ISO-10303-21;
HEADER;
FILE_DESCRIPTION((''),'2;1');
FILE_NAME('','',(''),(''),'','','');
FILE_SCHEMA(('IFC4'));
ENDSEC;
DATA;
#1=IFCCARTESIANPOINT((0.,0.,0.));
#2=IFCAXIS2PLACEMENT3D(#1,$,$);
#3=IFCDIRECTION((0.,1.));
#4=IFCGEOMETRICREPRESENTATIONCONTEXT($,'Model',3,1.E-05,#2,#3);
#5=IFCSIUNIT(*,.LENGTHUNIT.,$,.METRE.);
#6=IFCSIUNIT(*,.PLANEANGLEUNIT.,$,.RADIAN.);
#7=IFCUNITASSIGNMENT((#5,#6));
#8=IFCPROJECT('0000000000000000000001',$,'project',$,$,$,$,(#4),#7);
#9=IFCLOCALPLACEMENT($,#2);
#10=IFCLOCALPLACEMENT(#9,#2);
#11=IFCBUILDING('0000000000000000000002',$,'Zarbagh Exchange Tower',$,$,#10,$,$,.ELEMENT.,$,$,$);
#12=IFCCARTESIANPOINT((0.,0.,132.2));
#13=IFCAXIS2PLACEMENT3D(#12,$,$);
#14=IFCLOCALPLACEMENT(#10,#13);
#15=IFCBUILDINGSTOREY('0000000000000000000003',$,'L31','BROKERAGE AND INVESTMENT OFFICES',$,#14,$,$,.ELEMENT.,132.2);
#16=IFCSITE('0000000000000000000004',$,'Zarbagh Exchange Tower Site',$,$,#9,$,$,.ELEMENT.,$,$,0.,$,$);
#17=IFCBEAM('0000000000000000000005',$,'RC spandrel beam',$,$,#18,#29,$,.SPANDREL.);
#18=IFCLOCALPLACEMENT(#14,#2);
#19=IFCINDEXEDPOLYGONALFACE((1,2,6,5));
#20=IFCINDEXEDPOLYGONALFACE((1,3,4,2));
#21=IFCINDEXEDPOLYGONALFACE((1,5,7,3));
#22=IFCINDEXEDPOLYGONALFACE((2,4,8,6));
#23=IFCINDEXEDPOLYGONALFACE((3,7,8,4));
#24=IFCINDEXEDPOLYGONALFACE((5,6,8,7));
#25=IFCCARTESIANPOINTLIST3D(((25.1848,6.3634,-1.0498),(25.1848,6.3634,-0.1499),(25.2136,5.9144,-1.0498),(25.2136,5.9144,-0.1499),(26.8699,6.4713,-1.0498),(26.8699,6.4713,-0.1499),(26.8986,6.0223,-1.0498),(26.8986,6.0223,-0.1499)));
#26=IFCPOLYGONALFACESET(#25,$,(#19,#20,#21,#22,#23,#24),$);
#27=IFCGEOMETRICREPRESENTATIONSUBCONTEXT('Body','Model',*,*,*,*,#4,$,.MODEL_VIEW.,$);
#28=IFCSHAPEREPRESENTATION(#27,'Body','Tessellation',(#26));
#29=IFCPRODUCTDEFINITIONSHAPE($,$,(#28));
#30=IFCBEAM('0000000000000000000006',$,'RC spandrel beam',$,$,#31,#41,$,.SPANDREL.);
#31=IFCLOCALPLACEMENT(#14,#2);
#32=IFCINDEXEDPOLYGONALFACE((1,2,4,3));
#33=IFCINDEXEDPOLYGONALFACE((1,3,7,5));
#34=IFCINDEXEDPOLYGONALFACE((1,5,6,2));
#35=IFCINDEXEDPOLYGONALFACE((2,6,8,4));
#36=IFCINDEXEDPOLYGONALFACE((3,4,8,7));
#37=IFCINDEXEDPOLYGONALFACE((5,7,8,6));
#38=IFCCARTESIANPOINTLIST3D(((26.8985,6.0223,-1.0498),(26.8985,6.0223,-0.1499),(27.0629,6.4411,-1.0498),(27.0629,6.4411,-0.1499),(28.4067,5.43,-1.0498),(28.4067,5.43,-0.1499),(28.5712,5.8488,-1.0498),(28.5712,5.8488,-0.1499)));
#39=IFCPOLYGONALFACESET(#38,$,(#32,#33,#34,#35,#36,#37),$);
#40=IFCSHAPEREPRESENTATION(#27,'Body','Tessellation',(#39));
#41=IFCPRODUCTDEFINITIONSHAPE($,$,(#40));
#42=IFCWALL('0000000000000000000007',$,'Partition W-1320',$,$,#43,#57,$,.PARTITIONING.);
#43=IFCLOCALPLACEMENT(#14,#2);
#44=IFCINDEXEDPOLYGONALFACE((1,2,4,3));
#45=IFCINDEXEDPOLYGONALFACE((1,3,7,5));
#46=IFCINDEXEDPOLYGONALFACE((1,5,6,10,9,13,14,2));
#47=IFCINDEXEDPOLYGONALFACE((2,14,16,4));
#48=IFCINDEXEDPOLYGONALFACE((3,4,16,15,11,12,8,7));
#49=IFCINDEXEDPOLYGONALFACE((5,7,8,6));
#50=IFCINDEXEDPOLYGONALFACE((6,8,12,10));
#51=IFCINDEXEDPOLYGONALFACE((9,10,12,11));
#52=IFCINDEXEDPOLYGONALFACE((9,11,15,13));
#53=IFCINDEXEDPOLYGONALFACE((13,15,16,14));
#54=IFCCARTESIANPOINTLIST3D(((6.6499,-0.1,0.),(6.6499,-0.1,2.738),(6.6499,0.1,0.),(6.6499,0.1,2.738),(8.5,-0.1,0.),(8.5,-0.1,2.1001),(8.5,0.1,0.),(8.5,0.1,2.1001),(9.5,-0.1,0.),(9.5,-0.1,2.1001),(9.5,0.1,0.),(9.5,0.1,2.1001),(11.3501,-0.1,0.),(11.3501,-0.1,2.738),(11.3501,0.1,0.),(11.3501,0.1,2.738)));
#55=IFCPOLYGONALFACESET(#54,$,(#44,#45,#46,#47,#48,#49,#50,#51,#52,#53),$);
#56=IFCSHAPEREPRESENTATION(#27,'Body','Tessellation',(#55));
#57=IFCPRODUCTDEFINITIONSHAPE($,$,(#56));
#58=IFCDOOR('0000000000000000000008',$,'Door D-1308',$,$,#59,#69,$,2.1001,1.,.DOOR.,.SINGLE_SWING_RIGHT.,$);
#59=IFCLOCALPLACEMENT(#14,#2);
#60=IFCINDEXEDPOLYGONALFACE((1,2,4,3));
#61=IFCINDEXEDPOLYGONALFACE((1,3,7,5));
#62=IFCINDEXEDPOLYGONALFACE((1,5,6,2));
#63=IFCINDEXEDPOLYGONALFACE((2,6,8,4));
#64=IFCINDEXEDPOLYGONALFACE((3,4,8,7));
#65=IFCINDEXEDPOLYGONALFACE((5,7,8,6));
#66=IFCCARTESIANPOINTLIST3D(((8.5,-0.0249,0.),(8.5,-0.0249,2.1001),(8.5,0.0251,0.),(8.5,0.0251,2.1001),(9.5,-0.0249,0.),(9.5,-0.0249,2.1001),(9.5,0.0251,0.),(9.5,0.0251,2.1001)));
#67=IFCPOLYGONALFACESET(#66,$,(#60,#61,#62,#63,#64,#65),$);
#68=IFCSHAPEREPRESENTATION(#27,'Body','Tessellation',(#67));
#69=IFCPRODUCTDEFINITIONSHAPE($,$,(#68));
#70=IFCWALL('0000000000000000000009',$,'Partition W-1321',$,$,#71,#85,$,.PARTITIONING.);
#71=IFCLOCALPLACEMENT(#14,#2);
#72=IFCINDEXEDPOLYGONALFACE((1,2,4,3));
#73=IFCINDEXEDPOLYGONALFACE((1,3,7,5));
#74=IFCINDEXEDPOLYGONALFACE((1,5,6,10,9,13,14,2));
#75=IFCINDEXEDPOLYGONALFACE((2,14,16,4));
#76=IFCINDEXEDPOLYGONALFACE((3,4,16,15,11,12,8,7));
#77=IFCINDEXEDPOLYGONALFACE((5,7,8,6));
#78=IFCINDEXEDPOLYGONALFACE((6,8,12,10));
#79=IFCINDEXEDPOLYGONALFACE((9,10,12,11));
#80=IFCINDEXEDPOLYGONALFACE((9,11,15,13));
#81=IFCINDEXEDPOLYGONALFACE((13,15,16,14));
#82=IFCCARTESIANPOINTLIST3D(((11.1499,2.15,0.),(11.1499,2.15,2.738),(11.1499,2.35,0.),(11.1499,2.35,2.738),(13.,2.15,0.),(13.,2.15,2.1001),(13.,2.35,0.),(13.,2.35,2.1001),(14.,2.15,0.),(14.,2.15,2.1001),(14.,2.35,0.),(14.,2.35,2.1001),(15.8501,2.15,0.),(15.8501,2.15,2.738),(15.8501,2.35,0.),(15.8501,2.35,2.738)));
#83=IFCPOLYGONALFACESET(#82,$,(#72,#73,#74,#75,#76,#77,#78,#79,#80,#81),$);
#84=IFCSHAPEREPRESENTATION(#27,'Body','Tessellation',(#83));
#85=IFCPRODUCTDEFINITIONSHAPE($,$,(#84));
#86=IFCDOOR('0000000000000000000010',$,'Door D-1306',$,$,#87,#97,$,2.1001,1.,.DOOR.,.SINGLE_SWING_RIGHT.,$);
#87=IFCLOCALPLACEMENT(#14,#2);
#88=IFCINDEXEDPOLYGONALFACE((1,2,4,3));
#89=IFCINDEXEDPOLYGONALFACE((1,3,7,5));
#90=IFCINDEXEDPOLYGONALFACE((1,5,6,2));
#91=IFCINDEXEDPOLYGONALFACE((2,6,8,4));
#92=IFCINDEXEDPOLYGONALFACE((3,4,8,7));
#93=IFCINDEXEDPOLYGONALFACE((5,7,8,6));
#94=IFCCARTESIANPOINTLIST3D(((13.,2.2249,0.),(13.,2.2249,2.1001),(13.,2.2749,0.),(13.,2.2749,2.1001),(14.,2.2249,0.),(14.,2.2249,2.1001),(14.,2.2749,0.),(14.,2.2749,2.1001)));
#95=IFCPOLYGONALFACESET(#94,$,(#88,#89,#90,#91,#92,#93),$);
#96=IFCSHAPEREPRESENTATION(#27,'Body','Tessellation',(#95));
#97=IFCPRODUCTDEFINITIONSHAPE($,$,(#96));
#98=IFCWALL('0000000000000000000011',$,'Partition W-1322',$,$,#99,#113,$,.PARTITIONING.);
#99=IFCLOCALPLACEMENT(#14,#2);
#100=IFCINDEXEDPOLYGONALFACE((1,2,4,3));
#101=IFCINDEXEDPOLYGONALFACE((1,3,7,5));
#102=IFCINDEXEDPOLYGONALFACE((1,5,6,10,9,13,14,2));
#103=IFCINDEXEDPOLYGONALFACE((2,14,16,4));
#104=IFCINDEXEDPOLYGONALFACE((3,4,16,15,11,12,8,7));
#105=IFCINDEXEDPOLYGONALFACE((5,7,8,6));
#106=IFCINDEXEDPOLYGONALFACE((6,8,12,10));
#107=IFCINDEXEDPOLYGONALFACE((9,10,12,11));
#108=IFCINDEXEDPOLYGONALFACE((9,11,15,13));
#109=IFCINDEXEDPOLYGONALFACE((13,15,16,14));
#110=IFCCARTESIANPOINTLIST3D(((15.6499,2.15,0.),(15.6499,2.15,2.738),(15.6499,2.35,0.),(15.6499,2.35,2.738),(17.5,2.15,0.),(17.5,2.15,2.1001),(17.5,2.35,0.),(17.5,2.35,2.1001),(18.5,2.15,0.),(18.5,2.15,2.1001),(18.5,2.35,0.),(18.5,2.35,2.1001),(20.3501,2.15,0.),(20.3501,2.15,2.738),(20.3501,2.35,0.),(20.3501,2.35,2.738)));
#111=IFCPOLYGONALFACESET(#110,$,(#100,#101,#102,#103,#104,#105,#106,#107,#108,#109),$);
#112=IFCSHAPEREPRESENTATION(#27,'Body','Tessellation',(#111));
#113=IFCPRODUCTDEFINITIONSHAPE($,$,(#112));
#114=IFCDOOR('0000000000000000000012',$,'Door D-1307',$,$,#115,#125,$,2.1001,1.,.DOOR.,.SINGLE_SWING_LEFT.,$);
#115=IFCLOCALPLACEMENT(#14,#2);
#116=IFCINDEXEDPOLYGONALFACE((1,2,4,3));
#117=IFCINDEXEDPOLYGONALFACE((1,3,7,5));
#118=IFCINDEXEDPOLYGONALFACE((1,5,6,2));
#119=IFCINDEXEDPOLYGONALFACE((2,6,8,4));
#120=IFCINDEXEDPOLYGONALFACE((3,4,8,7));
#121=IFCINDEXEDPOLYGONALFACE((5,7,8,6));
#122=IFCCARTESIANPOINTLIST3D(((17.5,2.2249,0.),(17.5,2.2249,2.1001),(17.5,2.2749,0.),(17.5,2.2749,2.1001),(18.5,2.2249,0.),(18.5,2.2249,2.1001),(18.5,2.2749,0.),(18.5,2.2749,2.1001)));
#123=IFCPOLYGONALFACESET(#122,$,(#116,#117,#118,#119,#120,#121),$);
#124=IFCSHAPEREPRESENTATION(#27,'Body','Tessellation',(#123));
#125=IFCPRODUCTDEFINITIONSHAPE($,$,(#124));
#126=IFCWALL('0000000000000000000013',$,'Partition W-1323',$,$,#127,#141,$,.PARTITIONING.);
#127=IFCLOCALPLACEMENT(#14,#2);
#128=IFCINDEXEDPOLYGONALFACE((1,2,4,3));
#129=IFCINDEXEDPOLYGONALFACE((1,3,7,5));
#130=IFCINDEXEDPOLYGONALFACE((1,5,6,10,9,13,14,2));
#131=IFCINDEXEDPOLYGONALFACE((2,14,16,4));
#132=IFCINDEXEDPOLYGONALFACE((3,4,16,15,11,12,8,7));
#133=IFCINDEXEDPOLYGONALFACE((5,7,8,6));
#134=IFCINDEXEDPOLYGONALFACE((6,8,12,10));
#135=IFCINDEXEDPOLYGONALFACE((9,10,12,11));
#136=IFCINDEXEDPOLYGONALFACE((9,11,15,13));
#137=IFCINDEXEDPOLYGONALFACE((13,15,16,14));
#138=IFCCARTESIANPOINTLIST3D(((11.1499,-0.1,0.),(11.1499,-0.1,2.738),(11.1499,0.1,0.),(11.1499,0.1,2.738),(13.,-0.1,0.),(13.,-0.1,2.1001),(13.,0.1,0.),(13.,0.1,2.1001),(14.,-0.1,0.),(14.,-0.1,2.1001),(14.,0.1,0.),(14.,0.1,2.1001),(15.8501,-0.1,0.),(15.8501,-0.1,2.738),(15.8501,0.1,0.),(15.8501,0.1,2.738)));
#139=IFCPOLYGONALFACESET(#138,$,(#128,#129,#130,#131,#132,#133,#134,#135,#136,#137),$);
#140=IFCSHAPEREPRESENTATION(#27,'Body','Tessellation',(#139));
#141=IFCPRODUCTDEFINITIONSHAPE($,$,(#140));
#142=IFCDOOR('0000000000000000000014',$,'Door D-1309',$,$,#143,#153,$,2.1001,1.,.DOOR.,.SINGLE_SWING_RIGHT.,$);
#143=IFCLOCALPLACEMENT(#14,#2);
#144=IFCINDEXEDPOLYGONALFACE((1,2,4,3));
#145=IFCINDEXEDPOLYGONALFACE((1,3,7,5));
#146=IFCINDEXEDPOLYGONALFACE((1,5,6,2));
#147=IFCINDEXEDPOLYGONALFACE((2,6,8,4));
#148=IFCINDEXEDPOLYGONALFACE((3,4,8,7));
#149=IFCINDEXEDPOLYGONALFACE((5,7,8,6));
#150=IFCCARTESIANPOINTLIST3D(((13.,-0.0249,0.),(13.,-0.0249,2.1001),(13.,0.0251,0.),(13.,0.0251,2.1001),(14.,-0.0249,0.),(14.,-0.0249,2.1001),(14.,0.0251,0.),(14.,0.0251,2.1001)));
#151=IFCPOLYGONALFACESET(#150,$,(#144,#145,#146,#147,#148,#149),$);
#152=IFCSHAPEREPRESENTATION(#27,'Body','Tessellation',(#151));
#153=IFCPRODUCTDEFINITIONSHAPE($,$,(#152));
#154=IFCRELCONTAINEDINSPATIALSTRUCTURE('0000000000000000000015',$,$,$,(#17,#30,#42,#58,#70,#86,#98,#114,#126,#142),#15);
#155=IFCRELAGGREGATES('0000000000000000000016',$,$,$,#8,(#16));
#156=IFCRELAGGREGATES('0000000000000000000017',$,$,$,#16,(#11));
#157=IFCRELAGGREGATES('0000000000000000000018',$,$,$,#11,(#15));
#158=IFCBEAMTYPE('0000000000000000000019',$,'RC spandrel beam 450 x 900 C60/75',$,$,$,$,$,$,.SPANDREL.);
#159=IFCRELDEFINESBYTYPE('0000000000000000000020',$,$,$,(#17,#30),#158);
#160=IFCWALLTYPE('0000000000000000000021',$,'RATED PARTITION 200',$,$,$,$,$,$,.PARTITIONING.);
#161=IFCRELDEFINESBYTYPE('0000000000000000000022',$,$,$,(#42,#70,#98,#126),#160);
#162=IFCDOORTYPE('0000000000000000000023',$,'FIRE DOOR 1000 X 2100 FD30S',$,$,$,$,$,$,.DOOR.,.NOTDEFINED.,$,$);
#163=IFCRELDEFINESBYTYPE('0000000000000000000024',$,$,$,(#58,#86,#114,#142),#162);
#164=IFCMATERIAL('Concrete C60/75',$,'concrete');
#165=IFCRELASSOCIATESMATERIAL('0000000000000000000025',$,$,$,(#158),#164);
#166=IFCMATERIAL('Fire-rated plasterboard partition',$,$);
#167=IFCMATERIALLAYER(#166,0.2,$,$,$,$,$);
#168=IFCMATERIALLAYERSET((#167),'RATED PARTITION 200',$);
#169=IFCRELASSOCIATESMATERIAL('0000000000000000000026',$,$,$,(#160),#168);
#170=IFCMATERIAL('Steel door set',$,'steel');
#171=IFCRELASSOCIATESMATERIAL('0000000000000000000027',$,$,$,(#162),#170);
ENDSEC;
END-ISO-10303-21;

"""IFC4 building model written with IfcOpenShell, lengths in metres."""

from ifc_helpers import new_model, si_unit, direction, frame, frame_2d, origin, origin_2d, place, context, subcontext, project, spatial, rectangle, extrude, material, layer, layer_set, material_profile, profile_set, type_object, element, fill, save


model = new_model("IFC4")

# Units and contexts
model_context = context("Model", 3, precision=1e-05, world=origin(), true_north=direction((0.0, 1.0)))
body_context = subcontext(model_context, "Body", "Model", "MODEL_VIEW")
ifc_project = project(units=[si_unit("LENGTHUNIT", "METRE"), si_unit("PLANEANGLEUNIT", "RADIAN")], contexts=[model_context])

# Site, building, storey
site_placement = place(None, origin())
site = spatial("IfcSite", under=ifc_project, at=site_placement, Name="Zarbagh Exchange Tower Site", CompositionType="ELEMENT", RefElevation=0.0)
building_placement = place(site_placement, origin())
building = spatial("IfcBuilding", under=site, at=building_placement, Name="Zarbagh Exchange Tower", CompositionType="ELEMENT")
storey_placement = place(building_placement, frame((0.0, 0.0, 132.2)))
storey = spatial("IfcBuildingStorey", under=building, at=storey_placement, Name="L31", Description="BROKERAGE AND INVESTMENT OFFICES", CompositionType="ELEMENT", Elevation=132.2)

# Shared definitions
ifc_material_1 = material(Name="Concrete C60/75", Category="concrete")

# Beams
ifc_material_profile_1 = material_profile(ifc_material_1, rectangle(XDim=0.45, YDim=0.8999, at=origin_2d()), Name="RC spandrel beam 450 x 900 C60/75")
ifc_profile_set_1 = profile_set([ifc_material_profile_1], Name="Concrete C60/75")
beam_type_1 = type_object("IfcBeamType", Name="RC spandrel beam 450 x 900 C60/75", PredefinedType="SPANDREL", material=ifc_profile_set_1)
beam_1_placement = place(storey_placement, frame((25.1992, 6.1389, -0.5999), z_axis=(0.997956, 0.063908, 0.0), x_axis=(-0.063908, 0.997956, 0.0)))
element("IfcBeam", 1, at=beam_1_placement, inside=storey, type_object=beam_type_1, Name="RC spandrel beam", PredefinedType="SPANDREL", context=body_context, shape_type="SweptSolid", body=[
    extrude(rectangle(XDim=0.45, YDim=0.8999, at=origin_2d()), origin(), (0.0, 0.0, 1.0), 1.6885),
])
beam_2_placement = place(storey_placement, frame((26.9807, 6.2317, -0.5999), z_axis=(0.930806, -0.365513, 0.0), x_axis=(0.365513, 0.930806, 0.0)))
element("IfcBeam", 2, at=beam_2_placement, inside=storey, type_object=beam_type_1, Name="RC spandrel beam", PredefinedType="SPANDREL", context=body_context, shape_type="SweptSolid", body=[
    extrude(rectangle(XDim=0.45, YDim=0.8999, at=origin_2d()), origin(), (0.0, 0.0, 1.0), 1.6204),
])

# Walls, openings, doors
ifc_material_2 = material(Name="Fire-rated plasterboard partition")
ifc_layer = layer(ifc_material_2, 0.2)
ifc_layer_set = layer_set([ifc_layer], Name="RATED PARTITION 200")
wall_type = type_object("IfcWallType", Name="RATED PARTITION 200", PredefinedType="PARTITIONING", material=ifc_layer_set)
wall_1_placement = place(storey_placement, frame((11.3501, 0.0, 0.0), z_axis=(0.0, 0.0, 1.0), x_axis=(-1.0, 0.0, 0.0)))
wall_1 = element("IfcWall", 3, at=wall_1_placement, inside=storey, type_object=wall_type, Name="Partition W-1320", PredefinedType="PARTITIONING", context=body_context, shape_type="SweptSolid", body=[
    extrude(rectangle(XDim=4.7002, YDim=0.2, at=frame_2d((2.3501, 0.0))), origin(), (0.0, 0.0, 1.0), 2.738),
])
opening_1_placement = place(wall_1_placement, frame((1.8501, 0.0, 0.0)))
opening_1 = element("IfcOpeningElement", 4, at=opening_1_placement, cuts=wall_1, PredefinedType="OPENING", context=body_context, shape_type="SweptSolid", body=[
    extrude(rectangle(XDim=1.0, YDim=2.1001, at=frame_2d((0.5, 1.05))), frame((0.0, 0.1099, 0.0), z_axis=(0.0, -1.0, 0.0), x_axis=(1.0, 0.0, 0.0)), (0.0, 0.0, 1.0), 0.22),
])
ifc_material_3 = material(Name="Steel door set", Category="steel")
door_type_1 = type_object("IfcDoorType", Name="FIRE DOOR 1000 X 2100 FD30S", OperationType="NOTDEFINED", PredefinedType="DOOR", material=ifc_material_3)
door_1_placement = place(opening_1_placement, origin())
door_1 = element("IfcDoor", 5, at=door_1_placement, inside=storey, type_object=door_type_1, Name="Door D-1308", OperationType="SINGLE_SWING_RIGHT", OverallHeight=2.1001, OverallWidth=1.0, PredefinedType="DOOR", context=body_context, shape_type="SweptSolid", body=[
    extrude(rectangle(XDim=1.0, YDim=2.1001, at=frame_2d((0.5, 1.05))), frame((0.0, 0.0249, 0.0), z_axis=(0.0, -1.0, 0.0), x_axis=(1.0, 0.0, 0.0)), (0.0, 0.0, 1.0), 0.05),
])
fill(opening_1, door_1)
wall_2_placement = place(storey_placement, frame((11.1499, 2.25, 0.0), z_axis=(0.0, 0.0, 1.0), x_axis=(1.0, 0.0, 0.0)))
wall_2 = element("IfcWall", 6, at=wall_2_placement, inside=storey, type_object=wall_type, Name="Partition W-1321", PredefinedType="PARTITIONING", context=body_context, shape_type="SweptSolid", body=[
    extrude(rectangle(XDim=4.7002, YDim=0.2, at=frame_2d((2.3501, 0.0))), origin(), (0.0, 0.0, 1.0), 2.738),
])
opening_2_placement = place(wall_2_placement, frame((1.8501, 0.0, 0.0)))
opening_2 = element("IfcOpeningElement", 7, at=opening_2_placement, cuts=wall_2, PredefinedType="OPENING", context=body_context, shape_type="SweptSolid", body=[
    extrude(rectangle(XDim=1.0, YDim=2.1001, at=frame_2d((0.5, 1.05))), frame((0.0, 0.1099, 0.0), z_axis=(0.0, -1.0, 0.0), x_axis=(1.0, 0.0, 0.0)), (0.0, 0.0, 1.0), 0.22),
])
door_2_placement = place(opening_2_placement, origin())
door_2 = element("IfcDoor", 8, at=door_2_placement, inside=storey, type_object=door_type_1, Name="Door D-1306", OperationType="SINGLE_SWING_RIGHT", OverallHeight=2.1001, OverallWidth=1.0, PredefinedType="DOOR", context=body_context, shape_type="SweptSolid", body=[
    extrude(rectangle(XDim=1.0, YDim=2.1001, at=frame_2d((0.5, 1.05))), frame((0.0, 0.0249, 0.0), z_axis=(0.0, -1.0, 0.0), x_axis=(1.0, 0.0, 0.0)), (0.0, 0.0, 1.0), 0.05),
])
fill(opening_2, door_2)
wall_3_placement = place(storey_placement, frame((15.6499, 2.25, 0.0), z_axis=(0.0, 0.0, 1.0), x_axis=(1.0, 0.0, 0.0)))
wall_3 = element("IfcWall", 9, at=wall_3_placement, inside=storey, type_object=wall_type, Name="Partition W-1322", PredefinedType="PARTITIONING", context=body_context, shape_type="SweptSolid", body=[
    extrude(rectangle(XDim=4.7002, YDim=0.2, at=frame_2d((2.3501, 0.0))), origin(), (0.0, 0.0, 1.0), 2.738),
])
opening_3_placement = place(wall_3_placement, frame((1.8501, 0.0, 0.0)))
opening_3 = element("IfcOpeningElement", 10, at=opening_3_placement, cuts=wall_3, PredefinedType="OPENING", context=body_context, shape_type="SweptSolid", body=[
    extrude(rectangle(XDim=1.0, YDim=2.1001, at=frame_2d((0.5, 1.05))), frame((0.0, 0.1099, 0.0), z_axis=(0.0, -1.0, 0.0), x_axis=(1.0, 0.0, 0.0)), (0.0, 0.0, 1.0), 0.22),
])
door_3_placement = place(opening_3_placement, origin())
door_3 = element("IfcDoor", 11, at=door_3_placement, inside=storey, type_object=door_type_1, Name="Door D-1307", OperationType="SINGLE_SWING_LEFT", OverallHeight=2.1001, OverallWidth=1.0, PredefinedType="DOOR", context=body_context, shape_type="SweptSolid", body=[
    extrude(rectangle(XDim=1.0, YDim=2.1001, at=frame_2d((0.5, 1.05))), frame((0.0, 0.0249, 0.0), z_axis=(0.0, -1.0, 0.0), x_axis=(1.0, 0.0, 0.0)), (0.0, 0.0, 1.0), 0.05),
])
fill(opening_3, door_3)
wall_4_placement = place(storey_placement, frame((15.8501, 0.0, 0.0), z_axis=(0.0, 0.0, 1.0), x_axis=(-1.0, 0.0, 0.0)))
wall_4 = element("IfcWall", 12, at=wall_4_placement, inside=storey, type_object=wall_type, Name="Partition W-1323", PredefinedType="PARTITIONING", context=body_context, shape_type="SweptSolid", body=[
    extrude(rectangle(XDim=4.7002, YDim=0.2, at=frame_2d((2.3501, 0.0))), origin(), (0.0, 0.0, 1.0), 2.738),
])
opening_4_placement = place(wall_4_placement, frame((1.8501, 0.0, 0.0)))
opening_4 = element("IfcOpeningElement", 13, at=opening_4_placement, cuts=wall_4, PredefinedType="OPENING", context=body_context, shape_type="SweptSolid", body=[
    extrude(rectangle(XDim=1.0, YDim=2.1001, at=frame_2d((0.5, 1.05))), frame((0.0, 0.1099, 0.0), z_axis=(0.0, -1.0, 0.0), x_axis=(1.0, 0.0, 0.0)), (0.0, 0.0, 1.0), 0.22),
])
door_4_placement = place(opening_4_placement, origin())
door_4 = element("IfcDoor", 14, at=door_4_placement, inside=storey, type_object=door_type_1, Name="Door D-1309", OperationType="SINGLE_SWING_RIGHT", OverallHeight=2.1001, OverallWidth=1.0, PredefinedType="DOOR", context=body_context, shape_type="SweptSolid", body=[
    extrude(rectangle(XDim=1.0, YDim=2.1001, at=frame_2d((0.5, 1.05))), frame((0.0, 0.0249, 0.0), z_axis=(0.0, -1.0, 0.0), x_axis=(1.0, 0.0, 0.0)), (0.0, 0.0, 1.0), 0.05),
])
fill(opening_4, door_4)

save(model, "model.ifc")
